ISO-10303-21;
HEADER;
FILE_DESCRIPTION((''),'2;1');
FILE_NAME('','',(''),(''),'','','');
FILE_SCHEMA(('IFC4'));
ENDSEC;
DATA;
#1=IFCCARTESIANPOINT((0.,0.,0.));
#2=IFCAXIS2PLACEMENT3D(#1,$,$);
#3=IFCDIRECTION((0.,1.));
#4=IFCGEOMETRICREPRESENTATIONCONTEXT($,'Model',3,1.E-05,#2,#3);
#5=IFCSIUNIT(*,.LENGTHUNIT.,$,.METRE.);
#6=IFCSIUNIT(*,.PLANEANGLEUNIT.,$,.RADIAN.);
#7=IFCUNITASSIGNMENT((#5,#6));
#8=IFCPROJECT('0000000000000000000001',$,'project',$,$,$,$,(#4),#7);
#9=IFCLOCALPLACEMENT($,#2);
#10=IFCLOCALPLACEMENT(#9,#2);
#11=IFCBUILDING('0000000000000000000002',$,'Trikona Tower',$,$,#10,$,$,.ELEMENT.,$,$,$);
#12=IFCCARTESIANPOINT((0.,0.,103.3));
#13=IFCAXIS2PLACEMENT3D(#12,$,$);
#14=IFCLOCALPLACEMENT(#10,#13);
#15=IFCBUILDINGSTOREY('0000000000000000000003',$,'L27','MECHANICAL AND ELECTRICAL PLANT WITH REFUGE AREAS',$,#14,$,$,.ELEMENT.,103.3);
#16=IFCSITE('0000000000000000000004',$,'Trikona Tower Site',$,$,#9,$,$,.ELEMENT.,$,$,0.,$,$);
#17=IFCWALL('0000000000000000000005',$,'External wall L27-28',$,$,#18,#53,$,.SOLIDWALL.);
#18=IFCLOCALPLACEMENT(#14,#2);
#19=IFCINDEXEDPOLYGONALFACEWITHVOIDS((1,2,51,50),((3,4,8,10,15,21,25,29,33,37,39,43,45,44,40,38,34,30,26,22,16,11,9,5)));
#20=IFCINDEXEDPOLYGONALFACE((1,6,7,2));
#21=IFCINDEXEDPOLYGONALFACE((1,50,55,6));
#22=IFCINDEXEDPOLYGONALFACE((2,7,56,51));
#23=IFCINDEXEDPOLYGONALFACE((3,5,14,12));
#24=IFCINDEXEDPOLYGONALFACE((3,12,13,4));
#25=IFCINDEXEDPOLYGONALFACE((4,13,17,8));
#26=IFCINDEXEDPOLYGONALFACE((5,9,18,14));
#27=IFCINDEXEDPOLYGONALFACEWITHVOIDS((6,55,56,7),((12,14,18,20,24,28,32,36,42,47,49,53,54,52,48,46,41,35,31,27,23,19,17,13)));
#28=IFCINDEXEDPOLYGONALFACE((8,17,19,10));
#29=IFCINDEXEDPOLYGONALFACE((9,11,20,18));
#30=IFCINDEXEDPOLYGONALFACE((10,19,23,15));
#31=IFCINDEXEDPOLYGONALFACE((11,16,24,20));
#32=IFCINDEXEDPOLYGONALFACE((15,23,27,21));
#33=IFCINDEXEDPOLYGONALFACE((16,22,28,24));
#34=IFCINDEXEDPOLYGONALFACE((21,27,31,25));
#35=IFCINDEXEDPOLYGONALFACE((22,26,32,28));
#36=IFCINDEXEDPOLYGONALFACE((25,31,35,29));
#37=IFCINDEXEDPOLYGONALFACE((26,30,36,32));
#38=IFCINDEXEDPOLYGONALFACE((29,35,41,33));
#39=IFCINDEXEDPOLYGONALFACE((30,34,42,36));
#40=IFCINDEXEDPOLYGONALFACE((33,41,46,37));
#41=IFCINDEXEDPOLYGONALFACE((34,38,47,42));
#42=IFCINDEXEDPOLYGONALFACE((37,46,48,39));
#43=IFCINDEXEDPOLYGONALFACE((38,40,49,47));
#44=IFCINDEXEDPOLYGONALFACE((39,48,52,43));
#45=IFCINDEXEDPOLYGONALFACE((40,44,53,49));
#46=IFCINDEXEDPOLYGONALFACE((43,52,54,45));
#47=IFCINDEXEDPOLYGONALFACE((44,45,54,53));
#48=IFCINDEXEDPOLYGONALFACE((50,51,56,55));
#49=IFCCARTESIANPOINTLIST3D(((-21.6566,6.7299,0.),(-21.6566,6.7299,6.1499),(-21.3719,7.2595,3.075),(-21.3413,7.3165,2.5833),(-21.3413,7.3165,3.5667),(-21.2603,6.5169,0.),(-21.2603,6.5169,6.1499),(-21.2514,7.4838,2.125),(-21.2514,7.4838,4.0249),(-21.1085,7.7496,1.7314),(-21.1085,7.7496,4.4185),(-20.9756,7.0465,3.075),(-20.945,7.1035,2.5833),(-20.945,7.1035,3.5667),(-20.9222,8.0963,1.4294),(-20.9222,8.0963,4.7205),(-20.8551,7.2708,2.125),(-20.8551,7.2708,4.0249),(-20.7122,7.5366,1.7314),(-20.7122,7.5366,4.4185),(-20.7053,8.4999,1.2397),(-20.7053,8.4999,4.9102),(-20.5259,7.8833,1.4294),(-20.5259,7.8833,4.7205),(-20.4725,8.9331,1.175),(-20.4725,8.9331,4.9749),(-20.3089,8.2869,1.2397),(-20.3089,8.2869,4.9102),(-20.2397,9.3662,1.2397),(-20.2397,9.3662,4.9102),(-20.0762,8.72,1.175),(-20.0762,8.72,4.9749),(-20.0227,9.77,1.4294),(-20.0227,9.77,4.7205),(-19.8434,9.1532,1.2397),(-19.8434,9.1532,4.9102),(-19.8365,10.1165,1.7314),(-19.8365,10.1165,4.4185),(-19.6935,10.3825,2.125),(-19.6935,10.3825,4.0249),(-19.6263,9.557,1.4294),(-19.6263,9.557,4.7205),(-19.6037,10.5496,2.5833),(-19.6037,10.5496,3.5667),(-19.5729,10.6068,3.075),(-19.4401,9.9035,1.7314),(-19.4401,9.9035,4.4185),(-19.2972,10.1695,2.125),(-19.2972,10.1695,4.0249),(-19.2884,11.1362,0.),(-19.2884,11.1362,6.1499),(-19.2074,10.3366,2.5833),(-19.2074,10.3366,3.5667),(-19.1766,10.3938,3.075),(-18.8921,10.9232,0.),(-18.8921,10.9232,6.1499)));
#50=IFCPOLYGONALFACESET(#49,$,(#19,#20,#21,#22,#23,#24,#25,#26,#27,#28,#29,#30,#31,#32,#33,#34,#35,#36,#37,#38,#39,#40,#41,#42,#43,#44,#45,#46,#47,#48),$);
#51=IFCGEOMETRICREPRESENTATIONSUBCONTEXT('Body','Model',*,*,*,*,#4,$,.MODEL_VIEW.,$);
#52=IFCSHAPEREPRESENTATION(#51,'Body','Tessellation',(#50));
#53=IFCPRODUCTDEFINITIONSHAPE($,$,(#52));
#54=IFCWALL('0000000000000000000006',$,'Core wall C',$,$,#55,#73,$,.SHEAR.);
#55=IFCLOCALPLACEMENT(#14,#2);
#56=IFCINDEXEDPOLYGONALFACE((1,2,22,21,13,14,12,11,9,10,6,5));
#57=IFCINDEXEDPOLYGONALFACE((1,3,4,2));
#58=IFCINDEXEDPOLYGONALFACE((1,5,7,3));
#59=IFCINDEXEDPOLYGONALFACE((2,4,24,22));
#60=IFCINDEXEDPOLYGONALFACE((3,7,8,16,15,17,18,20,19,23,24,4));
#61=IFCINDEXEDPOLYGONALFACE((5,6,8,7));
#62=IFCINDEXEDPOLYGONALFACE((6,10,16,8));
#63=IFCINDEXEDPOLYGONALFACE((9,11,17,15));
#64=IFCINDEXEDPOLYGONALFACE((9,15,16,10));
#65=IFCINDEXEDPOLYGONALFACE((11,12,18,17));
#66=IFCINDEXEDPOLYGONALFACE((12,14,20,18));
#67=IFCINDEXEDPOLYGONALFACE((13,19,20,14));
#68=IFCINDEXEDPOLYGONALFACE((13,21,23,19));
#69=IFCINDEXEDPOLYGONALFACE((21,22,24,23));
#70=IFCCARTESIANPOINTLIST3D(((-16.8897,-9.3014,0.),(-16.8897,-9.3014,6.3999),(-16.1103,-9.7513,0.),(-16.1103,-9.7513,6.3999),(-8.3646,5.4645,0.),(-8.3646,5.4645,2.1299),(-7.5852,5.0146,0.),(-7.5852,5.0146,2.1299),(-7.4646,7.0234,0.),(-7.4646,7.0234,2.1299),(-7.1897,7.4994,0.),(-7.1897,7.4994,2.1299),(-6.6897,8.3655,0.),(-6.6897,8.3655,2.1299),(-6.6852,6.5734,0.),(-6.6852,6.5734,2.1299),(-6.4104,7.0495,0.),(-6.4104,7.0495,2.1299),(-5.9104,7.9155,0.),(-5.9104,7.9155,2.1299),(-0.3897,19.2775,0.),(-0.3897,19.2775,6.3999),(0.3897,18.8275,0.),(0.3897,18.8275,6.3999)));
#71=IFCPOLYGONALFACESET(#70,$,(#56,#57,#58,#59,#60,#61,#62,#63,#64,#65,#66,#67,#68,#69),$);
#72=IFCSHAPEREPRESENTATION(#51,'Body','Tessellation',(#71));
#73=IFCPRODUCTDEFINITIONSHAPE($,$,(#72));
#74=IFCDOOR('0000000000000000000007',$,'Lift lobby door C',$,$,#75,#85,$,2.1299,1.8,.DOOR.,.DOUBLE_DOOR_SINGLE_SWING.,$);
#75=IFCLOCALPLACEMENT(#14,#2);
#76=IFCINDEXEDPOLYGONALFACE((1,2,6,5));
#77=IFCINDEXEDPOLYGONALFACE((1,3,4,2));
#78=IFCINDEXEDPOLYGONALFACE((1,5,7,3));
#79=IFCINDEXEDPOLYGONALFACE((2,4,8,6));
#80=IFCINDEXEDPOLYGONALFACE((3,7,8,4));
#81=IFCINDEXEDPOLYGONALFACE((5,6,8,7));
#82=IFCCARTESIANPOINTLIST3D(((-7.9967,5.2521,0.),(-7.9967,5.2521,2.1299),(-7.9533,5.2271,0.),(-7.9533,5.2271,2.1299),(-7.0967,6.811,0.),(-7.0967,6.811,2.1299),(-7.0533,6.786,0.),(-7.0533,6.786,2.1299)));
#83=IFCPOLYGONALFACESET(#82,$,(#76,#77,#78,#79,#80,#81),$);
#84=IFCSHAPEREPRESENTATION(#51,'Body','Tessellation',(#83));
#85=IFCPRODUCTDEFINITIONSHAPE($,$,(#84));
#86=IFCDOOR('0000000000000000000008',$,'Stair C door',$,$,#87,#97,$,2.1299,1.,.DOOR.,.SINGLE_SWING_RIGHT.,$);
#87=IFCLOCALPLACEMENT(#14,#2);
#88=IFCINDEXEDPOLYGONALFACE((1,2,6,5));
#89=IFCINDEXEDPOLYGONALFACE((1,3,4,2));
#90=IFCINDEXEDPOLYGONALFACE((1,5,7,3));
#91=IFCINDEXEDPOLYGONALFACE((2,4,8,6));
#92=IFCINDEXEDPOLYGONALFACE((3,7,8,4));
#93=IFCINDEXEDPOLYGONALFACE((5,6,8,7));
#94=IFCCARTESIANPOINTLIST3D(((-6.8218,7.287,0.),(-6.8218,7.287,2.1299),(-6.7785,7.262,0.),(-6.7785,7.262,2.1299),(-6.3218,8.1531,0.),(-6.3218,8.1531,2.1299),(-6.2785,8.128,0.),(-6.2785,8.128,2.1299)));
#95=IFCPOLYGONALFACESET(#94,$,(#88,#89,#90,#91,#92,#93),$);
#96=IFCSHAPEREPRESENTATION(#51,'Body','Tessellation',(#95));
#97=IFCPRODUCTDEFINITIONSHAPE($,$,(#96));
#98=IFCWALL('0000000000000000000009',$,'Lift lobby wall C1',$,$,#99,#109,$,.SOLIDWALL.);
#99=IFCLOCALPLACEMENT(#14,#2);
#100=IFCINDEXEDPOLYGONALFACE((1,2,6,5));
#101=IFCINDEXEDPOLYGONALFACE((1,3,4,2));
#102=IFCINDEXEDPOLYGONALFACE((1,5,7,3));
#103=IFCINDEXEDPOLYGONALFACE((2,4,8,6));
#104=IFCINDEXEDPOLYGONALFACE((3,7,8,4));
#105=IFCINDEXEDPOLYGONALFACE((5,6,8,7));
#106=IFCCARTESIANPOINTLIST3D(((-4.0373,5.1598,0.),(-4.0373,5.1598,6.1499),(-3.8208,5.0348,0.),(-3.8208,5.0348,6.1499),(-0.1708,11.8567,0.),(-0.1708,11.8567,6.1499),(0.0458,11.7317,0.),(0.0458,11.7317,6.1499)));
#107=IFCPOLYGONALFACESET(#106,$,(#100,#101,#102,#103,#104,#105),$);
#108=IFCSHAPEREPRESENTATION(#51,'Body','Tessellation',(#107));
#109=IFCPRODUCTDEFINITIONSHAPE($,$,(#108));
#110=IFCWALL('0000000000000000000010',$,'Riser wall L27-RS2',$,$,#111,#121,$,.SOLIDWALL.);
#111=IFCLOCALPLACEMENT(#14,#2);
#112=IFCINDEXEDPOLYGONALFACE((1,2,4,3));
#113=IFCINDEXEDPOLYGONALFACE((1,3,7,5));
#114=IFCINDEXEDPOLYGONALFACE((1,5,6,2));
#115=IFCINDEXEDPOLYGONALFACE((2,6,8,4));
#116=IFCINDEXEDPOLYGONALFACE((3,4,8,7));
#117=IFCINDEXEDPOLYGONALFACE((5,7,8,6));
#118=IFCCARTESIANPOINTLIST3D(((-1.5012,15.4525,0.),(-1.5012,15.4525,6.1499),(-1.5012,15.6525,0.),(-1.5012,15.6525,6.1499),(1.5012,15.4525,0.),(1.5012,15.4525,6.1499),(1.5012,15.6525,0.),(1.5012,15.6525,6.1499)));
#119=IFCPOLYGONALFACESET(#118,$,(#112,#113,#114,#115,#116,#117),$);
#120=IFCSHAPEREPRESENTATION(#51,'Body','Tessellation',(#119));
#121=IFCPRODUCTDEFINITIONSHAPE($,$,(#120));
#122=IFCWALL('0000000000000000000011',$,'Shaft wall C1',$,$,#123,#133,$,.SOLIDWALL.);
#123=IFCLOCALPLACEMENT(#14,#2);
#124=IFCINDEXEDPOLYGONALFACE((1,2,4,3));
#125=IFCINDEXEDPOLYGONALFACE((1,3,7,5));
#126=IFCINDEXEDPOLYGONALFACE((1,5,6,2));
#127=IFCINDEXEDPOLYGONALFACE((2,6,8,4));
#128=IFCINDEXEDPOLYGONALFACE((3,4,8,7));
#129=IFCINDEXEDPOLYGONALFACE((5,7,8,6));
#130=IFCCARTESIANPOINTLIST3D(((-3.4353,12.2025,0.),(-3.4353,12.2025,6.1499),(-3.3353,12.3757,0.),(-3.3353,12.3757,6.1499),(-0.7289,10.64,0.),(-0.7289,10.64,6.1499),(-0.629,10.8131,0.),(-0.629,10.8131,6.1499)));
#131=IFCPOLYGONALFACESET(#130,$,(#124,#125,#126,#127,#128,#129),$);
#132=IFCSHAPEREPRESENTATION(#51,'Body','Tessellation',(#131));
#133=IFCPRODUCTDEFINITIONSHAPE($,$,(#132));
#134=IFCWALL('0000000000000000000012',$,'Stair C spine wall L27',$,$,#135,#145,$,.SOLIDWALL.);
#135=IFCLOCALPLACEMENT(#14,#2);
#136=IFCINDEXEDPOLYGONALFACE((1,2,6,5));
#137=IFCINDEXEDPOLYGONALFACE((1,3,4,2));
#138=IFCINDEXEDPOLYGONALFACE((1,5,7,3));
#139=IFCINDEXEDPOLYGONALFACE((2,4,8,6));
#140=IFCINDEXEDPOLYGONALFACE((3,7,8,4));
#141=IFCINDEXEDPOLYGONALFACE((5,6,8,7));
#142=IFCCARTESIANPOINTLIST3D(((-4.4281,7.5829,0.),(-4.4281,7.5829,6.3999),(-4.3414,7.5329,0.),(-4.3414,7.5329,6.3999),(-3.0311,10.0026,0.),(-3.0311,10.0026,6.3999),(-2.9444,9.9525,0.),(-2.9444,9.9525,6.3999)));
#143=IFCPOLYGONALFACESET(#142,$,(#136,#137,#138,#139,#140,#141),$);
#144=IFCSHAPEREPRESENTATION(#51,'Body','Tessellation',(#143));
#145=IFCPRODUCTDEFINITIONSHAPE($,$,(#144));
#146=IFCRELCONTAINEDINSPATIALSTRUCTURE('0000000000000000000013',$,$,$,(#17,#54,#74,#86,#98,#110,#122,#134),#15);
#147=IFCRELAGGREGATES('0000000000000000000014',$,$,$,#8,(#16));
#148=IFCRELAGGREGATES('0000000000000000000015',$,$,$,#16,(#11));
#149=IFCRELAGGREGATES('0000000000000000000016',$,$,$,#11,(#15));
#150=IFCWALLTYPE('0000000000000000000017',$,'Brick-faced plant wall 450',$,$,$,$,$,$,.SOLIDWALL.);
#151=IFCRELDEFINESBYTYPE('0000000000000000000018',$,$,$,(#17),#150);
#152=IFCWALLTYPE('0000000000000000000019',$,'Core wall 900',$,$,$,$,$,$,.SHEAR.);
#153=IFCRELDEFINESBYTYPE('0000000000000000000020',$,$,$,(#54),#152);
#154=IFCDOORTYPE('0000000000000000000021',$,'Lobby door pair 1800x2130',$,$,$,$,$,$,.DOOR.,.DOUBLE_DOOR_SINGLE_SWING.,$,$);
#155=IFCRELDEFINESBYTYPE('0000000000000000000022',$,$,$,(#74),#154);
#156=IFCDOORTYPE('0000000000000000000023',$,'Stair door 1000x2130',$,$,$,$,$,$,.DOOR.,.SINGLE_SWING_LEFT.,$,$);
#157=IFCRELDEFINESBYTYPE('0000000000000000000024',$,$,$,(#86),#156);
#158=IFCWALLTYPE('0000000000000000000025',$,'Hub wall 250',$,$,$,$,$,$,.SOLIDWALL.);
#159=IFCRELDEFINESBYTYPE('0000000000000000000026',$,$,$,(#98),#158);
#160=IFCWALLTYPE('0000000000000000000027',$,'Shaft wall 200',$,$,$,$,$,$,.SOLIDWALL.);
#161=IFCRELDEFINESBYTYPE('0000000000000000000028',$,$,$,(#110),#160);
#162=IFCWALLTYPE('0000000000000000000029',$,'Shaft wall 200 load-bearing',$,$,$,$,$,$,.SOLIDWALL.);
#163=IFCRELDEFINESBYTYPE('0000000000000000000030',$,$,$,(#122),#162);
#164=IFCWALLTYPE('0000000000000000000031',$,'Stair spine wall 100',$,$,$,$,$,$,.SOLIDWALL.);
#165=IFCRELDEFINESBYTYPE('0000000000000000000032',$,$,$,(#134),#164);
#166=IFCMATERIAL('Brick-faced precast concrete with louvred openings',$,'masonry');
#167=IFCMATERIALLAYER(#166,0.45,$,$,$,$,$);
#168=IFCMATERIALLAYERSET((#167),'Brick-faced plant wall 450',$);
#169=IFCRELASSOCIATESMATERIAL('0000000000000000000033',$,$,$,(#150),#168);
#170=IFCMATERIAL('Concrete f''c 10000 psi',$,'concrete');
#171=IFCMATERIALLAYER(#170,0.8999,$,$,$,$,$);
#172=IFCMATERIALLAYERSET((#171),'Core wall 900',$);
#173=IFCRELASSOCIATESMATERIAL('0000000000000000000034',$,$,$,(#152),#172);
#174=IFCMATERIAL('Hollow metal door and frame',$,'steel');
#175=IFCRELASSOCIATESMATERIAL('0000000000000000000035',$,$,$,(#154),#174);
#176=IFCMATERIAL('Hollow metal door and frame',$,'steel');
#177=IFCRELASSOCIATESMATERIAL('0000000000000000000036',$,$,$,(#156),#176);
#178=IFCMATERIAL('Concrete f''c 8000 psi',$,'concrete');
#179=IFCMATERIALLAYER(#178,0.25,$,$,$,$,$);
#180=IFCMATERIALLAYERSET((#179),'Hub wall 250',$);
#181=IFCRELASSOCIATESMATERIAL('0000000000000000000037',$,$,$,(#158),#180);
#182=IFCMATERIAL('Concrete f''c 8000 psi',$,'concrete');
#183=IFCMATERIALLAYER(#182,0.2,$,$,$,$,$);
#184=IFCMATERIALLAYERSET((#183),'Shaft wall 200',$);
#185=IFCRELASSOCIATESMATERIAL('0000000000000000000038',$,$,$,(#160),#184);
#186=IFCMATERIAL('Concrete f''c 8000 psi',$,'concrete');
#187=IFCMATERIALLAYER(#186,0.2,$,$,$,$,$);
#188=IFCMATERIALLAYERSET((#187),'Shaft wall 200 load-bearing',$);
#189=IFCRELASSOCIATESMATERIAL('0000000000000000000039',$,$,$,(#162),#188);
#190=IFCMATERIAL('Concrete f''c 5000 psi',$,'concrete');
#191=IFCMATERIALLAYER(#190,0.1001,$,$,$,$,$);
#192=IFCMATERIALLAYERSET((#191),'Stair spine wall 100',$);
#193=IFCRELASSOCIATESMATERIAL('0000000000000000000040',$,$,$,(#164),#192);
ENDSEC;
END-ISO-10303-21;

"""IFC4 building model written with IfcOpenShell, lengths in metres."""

from ifc_helpers import new_model, si_unit, direction, frame, frame_2d, origin, place, context, subcontext, project, spatial, polyline, rectangle, outline, extrude, material, layer, layer_set, type_object, element, fill, save


model = new_model("IFC4")

# Units and contexts
model_context = context("Model", 3, precision=1e-05, world=origin(), true_north=direction((0.0, 1.0)))
body_context = subcontext(model_context, "Body", "Model", "MODEL_VIEW")
ifc_project = project(units=[si_unit("LENGTHUNIT", "METRE"), si_unit("PLANEANGLEUNIT", "RADIAN")], contexts=[model_context])

# Site, building, storey
site_placement = place(None, origin())
site = spatial("IfcSite", under=ifc_project, at=site_placement, Name="Trikona Tower Site", CompositionType="ELEMENT", RefElevation=0.0)
building_placement = place(site_placement, origin())
building = spatial("IfcBuilding", under=site, at=building_placement, Name="Trikona Tower", CompositionType="ELEMENT")
storey_placement = place(building_placement, frame((0.0, 0.0, 103.3)))
storey = spatial("IfcBuildingStorey", under=building, at=storey_placement, Name="L27", Description="MECHANICAL AND ELECTRICAL PLANT WITH REFUGE AREAS", CompositionType="ELEMENT", Elevation=103.3)

# Wall
ifc_material_1 = material(Name="Brick-faced precast concrete with louvred openings", Category="masonry")
ifc_layer_1 = layer(ifc_material_1, 0.45)
ifc_layer_set_1 = layer_set([ifc_layer_1], Name="Brick-faced plant wall 450")
wall_type_1 = type_object("IfcWallType", Name="Brick-faced plant wall 450", PredefinedType="SOLIDWALL", material=ifc_layer_set_1)
wall_1_placement = place(storey_placement, frame((-19.0903, 11.0298, 0.0), z_axis=(0.0, 0.0, 1.0), x_axis=(-0.473413, -0.880841, 0.0)))
element("IfcWall", 1, at=wall_1_placement, inside=storey, type_object=wall_type_1, Name="External wall L27-28", PredefinedType="SOLIDWALL", context=body_context, shape_type="SweptSolid", body=[
    extrude(outline(polyline([(0.0, 0.0), (5.0024, 0.0), (5.0024, 6.1499), (0.0, 6.1499), (0.0, 0.0)]), holes=[polyline([(4.4011, 3.075), (4.3364, 3.5667), (4.1465, 4.0249), (3.8447, 4.4185), (3.4512, 4.7205), (2.9929, 4.9102), (2.5012, 4.9749), (2.0095, 4.9102), (1.551, 4.7205), (1.1577, 4.4185), (0.8557, 4.0249), (0.666, 3.5667), (0.6011, 3.075), (0.666, 2.5833), (0.8557, 2.125), (1.1577, 1.7314), (1.551, 1.4294), (2.0095, 1.2397), (2.5012, 1.175), (2.9929, 1.2397), (3.4512, 1.4294), (3.8447, 1.7314), (4.1465, 2.125), (4.3364, 2.5833), (4.4011, 3.075)])]), frame((0.0, 0.2251, 0.0), z_axis=(0.0, -1.0, 0.0), x_axis=(1.0, 0.0, 0.0)), (0.0, 0.0, 1.0), 0.45),
])

# Wall, openings, doors
ifc_material_2 = material(Name="Concrete f'c 10000 psi", Category="concrete")
ifc_layer_2 = layer(ifc_material_2, 0.8999)
ifc_layer_set_2 = layer_set([ifc_layer_2], Name="Core wall 900")
wall_type_2 = type_object("IfcWallType", Name="Core wall 900", PredefinedType="SHEAR", material=ifc_layer_set_2)
wall_2_placement = place(storey_placement, frame((0.0, 19.0525, 0.0), z_axis=(0.0, 0.0, 1.0), x_axis=(-0.5, -0.866026, 0.0)))
wall_2 = element("IfcWall", 2, at=wall_2_placement, inside=storey, type_object=wall_type_2, Name="Core wall C", PredefinedType="SHEAR", context=body_context, shape_type="SweptSolid", body=[
    extrude(rectangle(XDim=33.0, YDim=0.8999, at=frame_2d((16.5, 0.0))), origin(), (0.0, 0.0, 1.0), 6.3999),
])
opening_1_placement = place(wall_2_placement, frame((14.1499, 0.0, 0.0)))
opening_1 = element("IfcOpeningElement", 3, at=opening_1_placement, cuts=wall_2, PredefinedType="OPENING", context=body_context, shape_type="SweptSolid", body=[
    extrude(rectangle(XDim=1.8, YDim=2.1299, at=frame_2d((0.8999, 1.0649))), frame((0.0, 0.46, 0.0), z_axis=(0.0, -1.0, 0.0), x_axis=(1.0, 0.0, 0.0)), (0.0, 0.0, 1.0), 0.9199),
])
opening_2_placement = place(wall_2_placement, frame((12.6001, 0.0, 0.0)))
opening_2 = element("IfcOpeningElement", 4, at=opening_2_placement, cuts=wall_2, PredefinedType="OPENING", context=body_context, shape_type="SweptSolid", body=[
    extrude(rectangle(XDim=1.0, YDim=2.1299, at=frame_2d((0.5, 1.0649))), frame((0.0, 0.46, 0.0), z_axis=(0.0, -1.0, 0.0), x_axis=(1.0, 0.0, 0.0)), (0.0, 0.0, 1.0), 0.9199),
])
ifc_material_3 = material(Name="Hollow metal door and frame", Category="steel")
door_type_1 = type_object("IfcDoorType", Name="Lobby door pair 1800x2130", OperationType="DOUBLE_DOOR_SINGLE_SWING", PredefinedType="DOOR", material=ifc_material_3)
door_1_placement = place(opening_1_placement, origin())
door_1 = element("IfcDoor", 5, at=door_1_placement, inside=storey, type_object=door_type_1, Name="Lift lobby door C", OperationType="DOUBLE_DOOR_SINGLE_SWING", OverallHeight=2.1299, OverallWidth=1.8, PredefinedType="DOOR", context=body_context, shape_type="SweptSolid", body=[
    extrude(rectangle(XDim=1.8, YDim=2.1299, at=frame_2d((0.8999, 1.0649))), frame((0.0, 0.0249, 0.0), z_axis=(0.0, -1.0, 0.0), x_axis=(1.0, 0.0, 0.0)), (0.0, 0.0, 1.0), 0.05),
])
fill(opening_1, door_1)
ifc_material_4 = material(Name="Hollow metal door and frame", Category="steel")
door_type_2 = type_object("IfcDoorType", Name="Stair door 1000x2130", OperationType="SINGLE_SWING_LEFT", PredefinedType="DOOR", material=ifc_material_4)
door_2_placement = place(opening_2_placement, origin())
door_2 = element("IfcDoor", 6, at=door_2_placement, inside=storey, type_object=door_type_2, Name="Stair C door", OperationType="SINGLE_SWING_RIGHT", OverallHeight=2.1299, OverallWidth=1.0, PredefinedType="DOOR", context=body_context, shape_type="SweptSolid", body=[
    extrude(rectangle(XDim=1.0, YDim=2.1299, at=frame_2d((0.5, 1.0649))), frame((0.0, 0.0249, 0.0), z_axis=(0.0, -1.0, 0.0), x_axis=(1.0, 0.0, 0.0)), (0.0, 0.0, 1.0), 0.05),
])
fill(opening_2, door_2)

# Walls
ifc_material_5 = material(Name="Concrete f'c 8000 psi", Category="concrete")
ifc_layer_3 = layer(ifc_material_5, 0.25)
ifc_layer_set_3 = layer_set([ifc_layer_3], Name="Hub wall 250")
wall_type_3 = type_object("IfcWallType", Name="Hub wall 250", PredefinedType="SOLIDWALL", material=ifc_layer_set_3)
wall_3_placement = place(storey_placement, frame((-0.0625, 11.7942, 0.0), z_axis=(0.0, 0.0, 1.0), x_axis=(-0.500007, -0.866022, 0.0)))
element("IfcWall", 7, at=wall_3_placement, inside=storey, type_object=wall_type_3, Name="Lift lobby wall C1", PredefinedType="SOLIDWALL", context=body_context, shape_type="SweptSolid", body=[
    extrude(rectangle(XDim=7.7329, YDim=0.25, at=frame_2d((3.8665, 0.0))), origin(), (0.0, 0.0, 1.0), 6.1499),
])
ifc_material_6 = material(Name="Concrete f'c 8000 psi", Category="concrete")
ifc_layer_4 = layer(ifc_material_6, 0.2)
ifc_layer_set_4 = layer_set([ifc_layer_4], Name="Shaft wall 200")
wall_type_4 = type_object("IfcWallType", Name="Shaft wall 200", PredefinedType="SOLIDWALL", material=ifc_layer_set_4)
wall_4_placement = place(storey_placement, frame((-1.5012, 15.5525, 0.0), z_axis=(0.0, 0.0, 1.0), x_axis=(1.0, 0.0, 0.0)))
element("IfcWall", 8, at=wall_4_placement, inside=storey, type_object=wall_type_4, Name="Riser wall L27-RS2", PredefinedType="SOLIDWALL", context=body_context, shape_type="SweptSolid", body=[
    extrude(rectangle(XDim=3.0024, YDim=0.2, at=frame_2d((1.5012, 0.0))), origin(), (0.0, 0.0, 1.0), 6.1499),
])
ifc_material_7 = material(Name="Concrete f'c 8000 psi", Category="concrete")
ifc_layer_5 = layer(ifc_material_7, 0.2)
ifc_layer_set_5 = layer_set([ifc_layer_5], Name="Shaft wall 200 load-bearing")
wall_type_5 = type_object("IfcWallType", Name="Shaft wall 200 load-bearing", PredefinedType="SOLIDWALL", material=ifc_layer_set_5)
wall_5_placement = place(storey_placement, frame((-0.679, 10.7266, 0.0), z_axis=(0.0, 0.0, 1.0), x_axis=(-0.866023, 0.500004, 0.0)))
element("IfcWall", 9, at=wall_5_placement, inside=storey, type_object=wall_type_5, Name="Shaft wall C1", PredefinedType="SOLIDWALL", context=body_context, shape_type="SweptSolid", body=[
    extrude(rectangle(XDim=3.125, YDim=0.2, at=frame_2d((1.5625, 0.0))), origin(), (0.0, 0.0, 1.0), 6.1499),
])
ifc_material_8 = material(Name="Concrete f'c 5000 psi", Category="concrete")
ifc_layer_6 = layer(ifc_material_8, 0.1001)
ifc_layer_set_6 = layer_set([ifc_layer_6], Name="Stair spine wall 100")
wall_type_6 = type_object("IfcWallType", Name="Stair spine wall 100", PredefinedType="SOLIDWALL", material=ifc_layer_set_6)
wall_6_placement = place(storey_placement, frame((-2.9878, 9.9775, 0.0), z_axis=(0.0, 0.0, 1.0), x_axis=(-0.499992, -0.86603, 0.0)))
element("IfcWall", 10, at=wall_6_placement, inside=storey, type_object=wall_type_6, Name="Stair C spine wall L27", PredefinedType="SOLIDWALL", context=body_context, shape_type="SweptSolid", body=[
    extrude(rectangle(XDim=2.7939, YDim=0.1001, at=frame_2d((1.397, 0.0))), origin(), (0.0, 0.0, 1.0), 6.3999),
])

save(model, "model.ifc")
